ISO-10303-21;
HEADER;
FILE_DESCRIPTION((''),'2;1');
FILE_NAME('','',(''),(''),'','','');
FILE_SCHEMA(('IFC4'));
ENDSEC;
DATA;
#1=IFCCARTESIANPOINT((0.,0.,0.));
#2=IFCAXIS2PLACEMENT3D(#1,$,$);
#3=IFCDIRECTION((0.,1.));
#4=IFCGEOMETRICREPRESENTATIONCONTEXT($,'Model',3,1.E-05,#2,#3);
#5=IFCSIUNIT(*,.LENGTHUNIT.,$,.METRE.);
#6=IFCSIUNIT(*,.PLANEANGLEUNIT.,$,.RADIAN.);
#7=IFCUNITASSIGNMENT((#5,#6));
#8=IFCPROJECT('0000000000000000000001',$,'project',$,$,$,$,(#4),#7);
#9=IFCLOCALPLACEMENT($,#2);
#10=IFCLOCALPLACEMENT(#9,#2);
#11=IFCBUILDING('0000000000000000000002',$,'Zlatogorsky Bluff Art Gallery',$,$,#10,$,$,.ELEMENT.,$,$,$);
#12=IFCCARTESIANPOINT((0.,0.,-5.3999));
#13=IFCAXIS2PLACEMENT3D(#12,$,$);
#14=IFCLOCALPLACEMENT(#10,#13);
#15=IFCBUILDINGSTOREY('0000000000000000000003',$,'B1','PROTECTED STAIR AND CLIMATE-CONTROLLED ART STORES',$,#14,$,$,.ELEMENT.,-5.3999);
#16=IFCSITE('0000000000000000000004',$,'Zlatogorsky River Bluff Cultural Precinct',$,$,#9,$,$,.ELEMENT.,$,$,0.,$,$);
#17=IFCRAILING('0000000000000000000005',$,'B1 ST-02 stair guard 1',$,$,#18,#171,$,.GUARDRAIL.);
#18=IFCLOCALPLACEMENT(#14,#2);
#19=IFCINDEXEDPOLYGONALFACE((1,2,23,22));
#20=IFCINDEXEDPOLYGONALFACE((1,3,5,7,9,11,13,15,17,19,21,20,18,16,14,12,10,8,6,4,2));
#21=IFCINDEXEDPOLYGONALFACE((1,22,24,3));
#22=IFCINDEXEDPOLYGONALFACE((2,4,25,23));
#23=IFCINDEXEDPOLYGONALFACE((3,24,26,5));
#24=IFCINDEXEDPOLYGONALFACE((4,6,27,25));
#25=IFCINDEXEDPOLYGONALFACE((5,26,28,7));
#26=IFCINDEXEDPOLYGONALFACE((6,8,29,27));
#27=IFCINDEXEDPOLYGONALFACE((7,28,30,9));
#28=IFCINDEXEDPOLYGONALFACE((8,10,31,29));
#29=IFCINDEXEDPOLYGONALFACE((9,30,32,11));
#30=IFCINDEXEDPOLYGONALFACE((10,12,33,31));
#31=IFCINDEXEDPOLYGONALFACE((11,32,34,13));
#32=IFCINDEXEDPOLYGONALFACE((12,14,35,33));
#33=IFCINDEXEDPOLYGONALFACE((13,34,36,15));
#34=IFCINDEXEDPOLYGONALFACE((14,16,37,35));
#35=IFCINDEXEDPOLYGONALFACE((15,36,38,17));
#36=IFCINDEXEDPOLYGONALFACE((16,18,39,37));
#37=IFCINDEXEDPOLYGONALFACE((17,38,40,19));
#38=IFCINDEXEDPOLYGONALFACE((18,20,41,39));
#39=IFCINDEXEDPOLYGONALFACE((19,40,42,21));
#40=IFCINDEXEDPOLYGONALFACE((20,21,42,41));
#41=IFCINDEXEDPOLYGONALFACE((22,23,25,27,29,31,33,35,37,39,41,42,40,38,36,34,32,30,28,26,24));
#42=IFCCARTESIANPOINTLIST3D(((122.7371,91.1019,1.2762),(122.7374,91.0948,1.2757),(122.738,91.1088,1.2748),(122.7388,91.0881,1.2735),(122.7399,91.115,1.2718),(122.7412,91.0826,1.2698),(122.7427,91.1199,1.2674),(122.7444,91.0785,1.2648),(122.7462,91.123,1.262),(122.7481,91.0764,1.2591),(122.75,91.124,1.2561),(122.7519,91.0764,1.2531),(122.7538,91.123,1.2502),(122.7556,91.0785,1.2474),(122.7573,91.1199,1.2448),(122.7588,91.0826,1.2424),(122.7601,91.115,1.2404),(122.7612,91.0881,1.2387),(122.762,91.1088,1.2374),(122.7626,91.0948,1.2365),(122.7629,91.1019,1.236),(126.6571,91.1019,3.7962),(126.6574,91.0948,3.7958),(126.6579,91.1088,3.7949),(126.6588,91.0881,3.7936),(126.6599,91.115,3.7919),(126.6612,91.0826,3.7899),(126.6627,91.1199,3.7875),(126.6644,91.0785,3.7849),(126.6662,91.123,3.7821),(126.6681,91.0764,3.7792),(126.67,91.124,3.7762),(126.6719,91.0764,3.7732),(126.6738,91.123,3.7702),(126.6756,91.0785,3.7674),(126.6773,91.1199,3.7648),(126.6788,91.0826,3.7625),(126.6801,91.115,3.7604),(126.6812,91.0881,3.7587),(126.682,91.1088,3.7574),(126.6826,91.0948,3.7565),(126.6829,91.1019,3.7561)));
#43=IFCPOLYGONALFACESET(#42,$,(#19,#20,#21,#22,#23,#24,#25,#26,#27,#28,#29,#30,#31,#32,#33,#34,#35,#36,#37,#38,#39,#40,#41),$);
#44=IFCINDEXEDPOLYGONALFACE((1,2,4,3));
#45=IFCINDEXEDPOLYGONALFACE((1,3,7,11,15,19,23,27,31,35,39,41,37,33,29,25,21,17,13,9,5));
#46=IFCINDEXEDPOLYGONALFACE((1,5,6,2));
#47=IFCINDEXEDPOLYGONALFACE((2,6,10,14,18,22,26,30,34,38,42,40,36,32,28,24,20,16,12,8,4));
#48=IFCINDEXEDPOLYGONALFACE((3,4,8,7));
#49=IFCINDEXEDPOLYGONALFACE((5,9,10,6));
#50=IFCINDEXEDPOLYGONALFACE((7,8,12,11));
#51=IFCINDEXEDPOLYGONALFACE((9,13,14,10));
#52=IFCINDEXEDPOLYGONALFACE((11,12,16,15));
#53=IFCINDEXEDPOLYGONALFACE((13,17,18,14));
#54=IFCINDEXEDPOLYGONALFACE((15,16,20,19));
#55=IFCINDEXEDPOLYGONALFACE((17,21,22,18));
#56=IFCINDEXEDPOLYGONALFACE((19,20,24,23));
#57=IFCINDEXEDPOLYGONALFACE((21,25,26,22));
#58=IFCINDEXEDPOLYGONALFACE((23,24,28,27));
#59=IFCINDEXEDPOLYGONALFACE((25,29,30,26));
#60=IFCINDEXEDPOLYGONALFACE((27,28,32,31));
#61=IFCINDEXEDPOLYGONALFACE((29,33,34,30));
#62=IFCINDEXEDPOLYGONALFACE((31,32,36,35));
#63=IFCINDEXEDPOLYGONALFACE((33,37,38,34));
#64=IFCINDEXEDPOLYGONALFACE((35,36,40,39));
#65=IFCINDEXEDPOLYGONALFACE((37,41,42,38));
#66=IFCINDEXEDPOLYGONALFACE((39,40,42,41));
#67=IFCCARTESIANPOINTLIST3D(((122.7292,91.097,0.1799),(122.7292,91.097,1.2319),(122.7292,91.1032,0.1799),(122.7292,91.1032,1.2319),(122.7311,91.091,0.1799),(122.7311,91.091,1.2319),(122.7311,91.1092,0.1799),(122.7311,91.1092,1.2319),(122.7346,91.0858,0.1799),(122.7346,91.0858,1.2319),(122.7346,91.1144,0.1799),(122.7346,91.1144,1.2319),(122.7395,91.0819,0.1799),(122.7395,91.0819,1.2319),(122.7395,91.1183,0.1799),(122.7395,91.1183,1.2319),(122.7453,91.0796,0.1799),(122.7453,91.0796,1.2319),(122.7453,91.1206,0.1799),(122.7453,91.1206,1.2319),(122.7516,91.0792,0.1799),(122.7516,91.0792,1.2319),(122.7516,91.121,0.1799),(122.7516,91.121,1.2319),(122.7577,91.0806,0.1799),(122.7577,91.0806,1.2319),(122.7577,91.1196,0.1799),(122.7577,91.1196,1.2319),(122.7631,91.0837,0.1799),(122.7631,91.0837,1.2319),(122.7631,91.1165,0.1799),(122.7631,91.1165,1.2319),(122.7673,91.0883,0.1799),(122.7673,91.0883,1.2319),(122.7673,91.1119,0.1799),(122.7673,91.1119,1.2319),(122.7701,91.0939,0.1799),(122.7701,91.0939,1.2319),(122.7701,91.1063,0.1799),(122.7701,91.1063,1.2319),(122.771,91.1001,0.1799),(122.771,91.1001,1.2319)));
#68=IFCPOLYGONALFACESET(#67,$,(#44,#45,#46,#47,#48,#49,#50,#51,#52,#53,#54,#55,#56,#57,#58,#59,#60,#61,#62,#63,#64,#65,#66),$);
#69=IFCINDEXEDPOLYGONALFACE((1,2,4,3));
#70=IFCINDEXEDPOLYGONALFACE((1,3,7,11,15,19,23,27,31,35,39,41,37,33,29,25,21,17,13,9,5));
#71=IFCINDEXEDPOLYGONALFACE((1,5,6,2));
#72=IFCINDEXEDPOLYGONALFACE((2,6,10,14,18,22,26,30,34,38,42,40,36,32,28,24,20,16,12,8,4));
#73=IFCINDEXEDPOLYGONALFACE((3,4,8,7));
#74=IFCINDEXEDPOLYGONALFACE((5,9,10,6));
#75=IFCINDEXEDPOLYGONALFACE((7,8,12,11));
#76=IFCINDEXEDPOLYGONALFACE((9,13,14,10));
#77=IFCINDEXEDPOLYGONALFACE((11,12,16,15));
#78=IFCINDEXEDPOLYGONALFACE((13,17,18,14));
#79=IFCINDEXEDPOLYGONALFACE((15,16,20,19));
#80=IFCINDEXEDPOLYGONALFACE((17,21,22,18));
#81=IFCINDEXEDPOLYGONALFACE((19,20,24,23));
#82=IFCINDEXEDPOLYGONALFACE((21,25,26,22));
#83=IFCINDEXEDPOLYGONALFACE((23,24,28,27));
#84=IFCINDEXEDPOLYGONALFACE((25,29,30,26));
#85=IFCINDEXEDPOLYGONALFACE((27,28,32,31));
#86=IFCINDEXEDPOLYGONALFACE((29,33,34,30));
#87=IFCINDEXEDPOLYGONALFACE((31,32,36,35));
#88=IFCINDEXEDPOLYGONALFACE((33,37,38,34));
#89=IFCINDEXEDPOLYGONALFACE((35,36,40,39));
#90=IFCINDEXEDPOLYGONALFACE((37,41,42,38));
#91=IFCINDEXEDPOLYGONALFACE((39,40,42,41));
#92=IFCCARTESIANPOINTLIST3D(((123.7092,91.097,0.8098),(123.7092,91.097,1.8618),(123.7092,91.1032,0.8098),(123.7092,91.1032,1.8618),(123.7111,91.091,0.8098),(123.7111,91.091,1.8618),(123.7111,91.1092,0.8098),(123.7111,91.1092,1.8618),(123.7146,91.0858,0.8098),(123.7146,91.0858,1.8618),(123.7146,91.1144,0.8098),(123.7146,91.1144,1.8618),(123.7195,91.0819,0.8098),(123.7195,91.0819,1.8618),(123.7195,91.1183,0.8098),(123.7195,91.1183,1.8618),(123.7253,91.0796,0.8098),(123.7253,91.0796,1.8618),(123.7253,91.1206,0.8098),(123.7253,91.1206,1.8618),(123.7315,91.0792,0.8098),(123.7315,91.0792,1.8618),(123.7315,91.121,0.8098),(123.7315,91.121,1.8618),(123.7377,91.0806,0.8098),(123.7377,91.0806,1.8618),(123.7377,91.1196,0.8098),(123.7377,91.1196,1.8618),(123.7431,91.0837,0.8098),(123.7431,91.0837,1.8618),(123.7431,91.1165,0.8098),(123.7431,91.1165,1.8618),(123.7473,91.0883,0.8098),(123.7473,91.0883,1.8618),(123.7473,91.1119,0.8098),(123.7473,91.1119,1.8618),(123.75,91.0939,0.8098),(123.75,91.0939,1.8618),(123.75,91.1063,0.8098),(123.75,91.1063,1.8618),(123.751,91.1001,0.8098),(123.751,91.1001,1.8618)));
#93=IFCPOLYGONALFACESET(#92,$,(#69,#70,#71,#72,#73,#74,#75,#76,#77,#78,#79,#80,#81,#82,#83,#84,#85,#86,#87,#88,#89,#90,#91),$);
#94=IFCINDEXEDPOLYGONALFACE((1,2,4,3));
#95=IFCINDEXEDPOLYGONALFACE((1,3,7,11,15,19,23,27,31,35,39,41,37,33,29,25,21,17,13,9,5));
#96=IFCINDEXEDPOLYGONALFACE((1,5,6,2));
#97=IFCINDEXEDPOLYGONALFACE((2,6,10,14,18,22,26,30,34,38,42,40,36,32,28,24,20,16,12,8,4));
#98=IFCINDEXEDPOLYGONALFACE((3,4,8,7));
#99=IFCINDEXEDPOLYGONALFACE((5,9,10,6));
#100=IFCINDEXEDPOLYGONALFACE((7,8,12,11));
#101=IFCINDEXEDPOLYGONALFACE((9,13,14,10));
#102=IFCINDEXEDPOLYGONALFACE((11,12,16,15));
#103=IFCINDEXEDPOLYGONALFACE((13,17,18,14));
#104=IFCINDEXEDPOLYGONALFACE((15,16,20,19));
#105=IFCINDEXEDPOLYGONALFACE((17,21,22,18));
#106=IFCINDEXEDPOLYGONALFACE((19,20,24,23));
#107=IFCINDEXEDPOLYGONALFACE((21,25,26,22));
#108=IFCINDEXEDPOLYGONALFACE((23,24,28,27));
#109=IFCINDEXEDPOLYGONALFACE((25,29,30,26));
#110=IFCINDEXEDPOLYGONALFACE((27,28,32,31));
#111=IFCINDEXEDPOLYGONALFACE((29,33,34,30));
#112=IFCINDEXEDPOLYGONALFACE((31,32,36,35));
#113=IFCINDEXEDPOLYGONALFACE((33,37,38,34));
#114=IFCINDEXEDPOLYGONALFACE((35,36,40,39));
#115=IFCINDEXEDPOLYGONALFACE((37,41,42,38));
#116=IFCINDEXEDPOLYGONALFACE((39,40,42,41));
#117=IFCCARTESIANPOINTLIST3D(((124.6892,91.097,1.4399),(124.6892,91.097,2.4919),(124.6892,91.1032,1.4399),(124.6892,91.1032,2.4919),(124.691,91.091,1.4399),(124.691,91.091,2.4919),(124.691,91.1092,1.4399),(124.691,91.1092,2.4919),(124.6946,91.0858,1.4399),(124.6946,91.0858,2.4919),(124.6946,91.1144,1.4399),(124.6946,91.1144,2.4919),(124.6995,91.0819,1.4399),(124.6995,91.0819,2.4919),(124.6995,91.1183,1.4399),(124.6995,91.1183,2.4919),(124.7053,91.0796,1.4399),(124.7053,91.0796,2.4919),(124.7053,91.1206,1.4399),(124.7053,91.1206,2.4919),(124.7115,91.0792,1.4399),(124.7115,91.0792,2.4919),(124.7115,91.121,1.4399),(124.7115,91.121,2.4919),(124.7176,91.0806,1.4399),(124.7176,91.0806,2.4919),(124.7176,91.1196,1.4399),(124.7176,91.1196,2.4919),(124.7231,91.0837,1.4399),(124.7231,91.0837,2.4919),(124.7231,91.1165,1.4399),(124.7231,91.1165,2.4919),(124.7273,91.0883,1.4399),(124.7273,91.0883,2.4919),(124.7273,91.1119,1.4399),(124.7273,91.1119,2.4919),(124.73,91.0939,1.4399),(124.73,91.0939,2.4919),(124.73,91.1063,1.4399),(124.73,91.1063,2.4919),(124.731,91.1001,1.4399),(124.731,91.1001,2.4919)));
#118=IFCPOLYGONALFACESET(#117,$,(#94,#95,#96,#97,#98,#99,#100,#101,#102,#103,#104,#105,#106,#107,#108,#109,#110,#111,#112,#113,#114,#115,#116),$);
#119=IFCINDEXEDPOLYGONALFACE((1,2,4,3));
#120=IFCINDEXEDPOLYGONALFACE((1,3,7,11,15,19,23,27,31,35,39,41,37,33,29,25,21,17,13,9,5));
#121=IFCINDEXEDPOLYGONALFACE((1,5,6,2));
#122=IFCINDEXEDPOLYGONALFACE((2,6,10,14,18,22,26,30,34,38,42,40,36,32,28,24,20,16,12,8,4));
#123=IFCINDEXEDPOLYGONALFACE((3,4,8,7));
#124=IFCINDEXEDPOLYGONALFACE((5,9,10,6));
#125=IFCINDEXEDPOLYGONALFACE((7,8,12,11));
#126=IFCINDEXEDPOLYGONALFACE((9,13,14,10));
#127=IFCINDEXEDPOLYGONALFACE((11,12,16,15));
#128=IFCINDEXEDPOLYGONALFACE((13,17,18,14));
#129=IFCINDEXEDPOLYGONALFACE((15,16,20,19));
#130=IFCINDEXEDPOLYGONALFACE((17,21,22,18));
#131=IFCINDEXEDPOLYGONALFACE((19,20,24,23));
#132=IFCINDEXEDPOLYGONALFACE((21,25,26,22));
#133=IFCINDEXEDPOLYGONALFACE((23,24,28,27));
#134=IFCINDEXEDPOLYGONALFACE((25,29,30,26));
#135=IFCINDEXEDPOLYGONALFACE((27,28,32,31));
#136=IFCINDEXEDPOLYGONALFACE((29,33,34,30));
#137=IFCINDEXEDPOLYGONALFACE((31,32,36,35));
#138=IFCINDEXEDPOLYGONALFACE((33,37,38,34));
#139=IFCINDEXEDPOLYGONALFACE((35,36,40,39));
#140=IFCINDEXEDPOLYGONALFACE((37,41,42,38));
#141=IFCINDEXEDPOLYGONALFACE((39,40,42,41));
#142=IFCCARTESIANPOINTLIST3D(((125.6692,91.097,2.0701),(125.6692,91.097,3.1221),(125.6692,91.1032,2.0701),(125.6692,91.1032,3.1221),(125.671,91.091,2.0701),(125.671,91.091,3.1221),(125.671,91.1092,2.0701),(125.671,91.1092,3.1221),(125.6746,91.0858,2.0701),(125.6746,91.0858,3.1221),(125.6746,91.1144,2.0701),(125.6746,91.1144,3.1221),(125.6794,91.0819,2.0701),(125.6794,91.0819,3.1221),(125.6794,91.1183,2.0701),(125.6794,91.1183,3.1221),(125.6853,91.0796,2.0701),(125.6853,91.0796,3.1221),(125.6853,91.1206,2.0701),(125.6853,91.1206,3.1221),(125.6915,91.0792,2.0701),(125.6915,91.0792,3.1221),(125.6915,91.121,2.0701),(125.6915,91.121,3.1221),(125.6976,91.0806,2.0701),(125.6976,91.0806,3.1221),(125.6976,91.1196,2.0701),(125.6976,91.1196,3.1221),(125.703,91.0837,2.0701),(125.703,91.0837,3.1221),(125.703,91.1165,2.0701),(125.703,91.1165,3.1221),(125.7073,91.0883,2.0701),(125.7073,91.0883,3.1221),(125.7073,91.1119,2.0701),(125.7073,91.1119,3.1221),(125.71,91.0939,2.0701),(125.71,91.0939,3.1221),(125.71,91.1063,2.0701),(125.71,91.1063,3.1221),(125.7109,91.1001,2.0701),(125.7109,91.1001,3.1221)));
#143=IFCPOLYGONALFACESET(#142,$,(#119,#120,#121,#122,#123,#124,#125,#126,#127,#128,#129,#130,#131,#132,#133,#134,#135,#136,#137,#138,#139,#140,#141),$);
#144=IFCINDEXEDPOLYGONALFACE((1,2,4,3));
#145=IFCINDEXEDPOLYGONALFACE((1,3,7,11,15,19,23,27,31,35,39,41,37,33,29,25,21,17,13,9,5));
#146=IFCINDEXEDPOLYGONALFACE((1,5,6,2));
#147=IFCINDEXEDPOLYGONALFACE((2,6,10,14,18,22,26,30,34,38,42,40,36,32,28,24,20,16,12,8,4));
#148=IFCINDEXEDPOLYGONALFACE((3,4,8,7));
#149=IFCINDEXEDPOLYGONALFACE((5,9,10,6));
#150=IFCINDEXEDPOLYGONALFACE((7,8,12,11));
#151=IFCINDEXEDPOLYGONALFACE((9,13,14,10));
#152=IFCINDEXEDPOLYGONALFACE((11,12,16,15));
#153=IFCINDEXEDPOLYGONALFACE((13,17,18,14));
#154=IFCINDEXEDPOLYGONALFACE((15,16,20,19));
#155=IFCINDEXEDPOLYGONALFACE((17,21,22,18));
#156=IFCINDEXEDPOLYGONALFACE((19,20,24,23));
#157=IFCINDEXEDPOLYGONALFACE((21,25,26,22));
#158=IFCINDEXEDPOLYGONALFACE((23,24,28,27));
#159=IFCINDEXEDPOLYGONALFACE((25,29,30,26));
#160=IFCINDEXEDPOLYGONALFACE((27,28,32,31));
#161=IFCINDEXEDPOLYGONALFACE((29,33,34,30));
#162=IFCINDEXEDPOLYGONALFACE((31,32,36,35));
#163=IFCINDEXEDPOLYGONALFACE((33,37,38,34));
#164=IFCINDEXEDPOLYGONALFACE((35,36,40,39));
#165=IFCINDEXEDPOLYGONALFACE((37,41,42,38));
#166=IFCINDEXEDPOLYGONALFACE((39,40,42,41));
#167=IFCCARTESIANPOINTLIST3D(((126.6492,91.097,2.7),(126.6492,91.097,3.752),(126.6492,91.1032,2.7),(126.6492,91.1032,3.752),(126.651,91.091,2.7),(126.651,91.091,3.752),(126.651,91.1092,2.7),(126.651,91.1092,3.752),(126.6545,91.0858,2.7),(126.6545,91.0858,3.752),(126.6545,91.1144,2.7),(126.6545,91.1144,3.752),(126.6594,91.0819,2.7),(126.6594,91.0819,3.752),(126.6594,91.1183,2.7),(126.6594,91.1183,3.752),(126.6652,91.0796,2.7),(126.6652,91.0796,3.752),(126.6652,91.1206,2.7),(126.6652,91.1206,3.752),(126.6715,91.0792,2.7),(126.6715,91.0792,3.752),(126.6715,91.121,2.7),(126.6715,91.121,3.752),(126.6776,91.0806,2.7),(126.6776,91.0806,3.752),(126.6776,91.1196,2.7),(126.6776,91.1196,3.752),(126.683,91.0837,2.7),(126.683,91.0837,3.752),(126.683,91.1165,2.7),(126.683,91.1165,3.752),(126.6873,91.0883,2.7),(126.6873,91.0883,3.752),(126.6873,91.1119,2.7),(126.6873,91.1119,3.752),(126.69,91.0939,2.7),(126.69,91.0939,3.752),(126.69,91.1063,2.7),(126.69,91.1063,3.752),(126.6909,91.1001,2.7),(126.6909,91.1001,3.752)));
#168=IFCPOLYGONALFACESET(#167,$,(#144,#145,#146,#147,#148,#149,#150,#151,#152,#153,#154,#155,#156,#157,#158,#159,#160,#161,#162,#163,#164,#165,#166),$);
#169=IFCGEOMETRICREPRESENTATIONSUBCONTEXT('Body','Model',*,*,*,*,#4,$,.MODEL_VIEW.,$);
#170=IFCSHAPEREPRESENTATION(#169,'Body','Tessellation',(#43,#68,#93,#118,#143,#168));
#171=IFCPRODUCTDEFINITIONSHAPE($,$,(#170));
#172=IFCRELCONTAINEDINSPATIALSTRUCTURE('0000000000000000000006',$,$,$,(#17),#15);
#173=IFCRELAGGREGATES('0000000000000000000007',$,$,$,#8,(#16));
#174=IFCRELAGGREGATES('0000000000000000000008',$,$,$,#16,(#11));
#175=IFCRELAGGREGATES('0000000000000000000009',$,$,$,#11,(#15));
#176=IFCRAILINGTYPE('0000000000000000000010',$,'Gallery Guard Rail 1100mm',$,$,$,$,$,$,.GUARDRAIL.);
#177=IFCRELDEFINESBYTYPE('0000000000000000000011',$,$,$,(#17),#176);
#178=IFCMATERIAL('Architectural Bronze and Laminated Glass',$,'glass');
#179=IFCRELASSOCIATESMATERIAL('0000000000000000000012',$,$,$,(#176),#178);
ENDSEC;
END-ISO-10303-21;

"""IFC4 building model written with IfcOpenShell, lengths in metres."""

from ifc_helpers import new_model, si_unit, direction, frame, origin, origin_2d, place, context, subcontext, project, spatial, circle, extrude, material, type_object, element, save


model = new_model("IFC4")

# Units and contexts
model_context = context("Model", 3, precision=1e-05, world=origin(), true_north=direction((0.0, 1.0)))
body_context = subcontext(model_context, "Body", "Model", "MODEL_VIEW")
ifc_project = project(units=[si_unit("LENGTHUNIT", "METRE"), si_unit("PLANEANGLEUNIT", "RADIAN")], contexts=[model_context])

# Site, building, storey
site_placement = place(None, origin())
site = spatial("IfcSite", under=ifc_project, at=site_placement, Name="Zlatogorsky River Bluff Cultural Precinct", CompositionType="ELEMENT", RefElevation=0.0)
building_placement = place(site_placement, origin())
building = spatial("IfcBuilding", under=site, at=building_placement, Name="Zlatogorsky Bluff Art Gallery", CompositionType="ELEMENT")
storey_placement = place(building_placement, frame((0.0, 0.0, -5.3999)))
storey = spatial("IfcBuildingStorey", under=building, at=storey_placement, Name="B1", Description="PROTECTED STAIR AND CLIMATE-CONTROLLED ART STORES", CompositionType="ELEMENT", Elevation=-5.3999)

# Railing
ifc_material_1 = material(Name="Architectural Bronze and Laminated Glass", Category="glass")
railing_type_1 = type_object("IfcRailingType", Name="Gallery Guard Rail 1100mm", PredefinedType="GUARDRAIL", material=ifc_material_1)
railing_1_placement = place(storey_placement, frame((122.75, 91.1001, 0.1799)))
element("IfcRailing", 1, at=railing_1_placement, inside=storey, type_object=railing_type_1, Name="B1 ST-02 stair guard 1", PredefinedType="GUARDRAIL", context=body_context, shape_type="SweptSolid", body=[
    extrude(circle(Radius=0.0239, at=origin_2d()), frame((0.0, 0.0, 1.0762), z_axis=(0.841172, 0.0, 0.540768), x_axis=(0.0, 1.0, 0.0)), (0.0, 0.0, 1.0), 4.6602),
    extrude(circle(Radius=0.021, at=origin_2d()), origin(), (0.0, 0.0, 1.0), 1.052),
    extrude(circle(Radius=0.021, at=origin_2d()), frame((0.98, 0.0, 0.6299)), (0.0, 0.0, 1.0), 1.052),
    extrude(circle(Radius=0.021, at=origin_2d()), frame((1.96, 0.0, 1.26)), (0.0, 0.0, 1.0), 1.052),
    extrude(circle(Radius=0.021, at=origin_2d()), frame((2.9399, 0.0, 1.8901)), (0.0, 0.0, 1.0), 1.052),
    extrude(circle(Radius=0.021, at=origin_2d()), frame((3.9199, 0.0, 2.52)), (0.0, 0.0, 1.0), 1.052),
])

save(model, "model.ifc")
